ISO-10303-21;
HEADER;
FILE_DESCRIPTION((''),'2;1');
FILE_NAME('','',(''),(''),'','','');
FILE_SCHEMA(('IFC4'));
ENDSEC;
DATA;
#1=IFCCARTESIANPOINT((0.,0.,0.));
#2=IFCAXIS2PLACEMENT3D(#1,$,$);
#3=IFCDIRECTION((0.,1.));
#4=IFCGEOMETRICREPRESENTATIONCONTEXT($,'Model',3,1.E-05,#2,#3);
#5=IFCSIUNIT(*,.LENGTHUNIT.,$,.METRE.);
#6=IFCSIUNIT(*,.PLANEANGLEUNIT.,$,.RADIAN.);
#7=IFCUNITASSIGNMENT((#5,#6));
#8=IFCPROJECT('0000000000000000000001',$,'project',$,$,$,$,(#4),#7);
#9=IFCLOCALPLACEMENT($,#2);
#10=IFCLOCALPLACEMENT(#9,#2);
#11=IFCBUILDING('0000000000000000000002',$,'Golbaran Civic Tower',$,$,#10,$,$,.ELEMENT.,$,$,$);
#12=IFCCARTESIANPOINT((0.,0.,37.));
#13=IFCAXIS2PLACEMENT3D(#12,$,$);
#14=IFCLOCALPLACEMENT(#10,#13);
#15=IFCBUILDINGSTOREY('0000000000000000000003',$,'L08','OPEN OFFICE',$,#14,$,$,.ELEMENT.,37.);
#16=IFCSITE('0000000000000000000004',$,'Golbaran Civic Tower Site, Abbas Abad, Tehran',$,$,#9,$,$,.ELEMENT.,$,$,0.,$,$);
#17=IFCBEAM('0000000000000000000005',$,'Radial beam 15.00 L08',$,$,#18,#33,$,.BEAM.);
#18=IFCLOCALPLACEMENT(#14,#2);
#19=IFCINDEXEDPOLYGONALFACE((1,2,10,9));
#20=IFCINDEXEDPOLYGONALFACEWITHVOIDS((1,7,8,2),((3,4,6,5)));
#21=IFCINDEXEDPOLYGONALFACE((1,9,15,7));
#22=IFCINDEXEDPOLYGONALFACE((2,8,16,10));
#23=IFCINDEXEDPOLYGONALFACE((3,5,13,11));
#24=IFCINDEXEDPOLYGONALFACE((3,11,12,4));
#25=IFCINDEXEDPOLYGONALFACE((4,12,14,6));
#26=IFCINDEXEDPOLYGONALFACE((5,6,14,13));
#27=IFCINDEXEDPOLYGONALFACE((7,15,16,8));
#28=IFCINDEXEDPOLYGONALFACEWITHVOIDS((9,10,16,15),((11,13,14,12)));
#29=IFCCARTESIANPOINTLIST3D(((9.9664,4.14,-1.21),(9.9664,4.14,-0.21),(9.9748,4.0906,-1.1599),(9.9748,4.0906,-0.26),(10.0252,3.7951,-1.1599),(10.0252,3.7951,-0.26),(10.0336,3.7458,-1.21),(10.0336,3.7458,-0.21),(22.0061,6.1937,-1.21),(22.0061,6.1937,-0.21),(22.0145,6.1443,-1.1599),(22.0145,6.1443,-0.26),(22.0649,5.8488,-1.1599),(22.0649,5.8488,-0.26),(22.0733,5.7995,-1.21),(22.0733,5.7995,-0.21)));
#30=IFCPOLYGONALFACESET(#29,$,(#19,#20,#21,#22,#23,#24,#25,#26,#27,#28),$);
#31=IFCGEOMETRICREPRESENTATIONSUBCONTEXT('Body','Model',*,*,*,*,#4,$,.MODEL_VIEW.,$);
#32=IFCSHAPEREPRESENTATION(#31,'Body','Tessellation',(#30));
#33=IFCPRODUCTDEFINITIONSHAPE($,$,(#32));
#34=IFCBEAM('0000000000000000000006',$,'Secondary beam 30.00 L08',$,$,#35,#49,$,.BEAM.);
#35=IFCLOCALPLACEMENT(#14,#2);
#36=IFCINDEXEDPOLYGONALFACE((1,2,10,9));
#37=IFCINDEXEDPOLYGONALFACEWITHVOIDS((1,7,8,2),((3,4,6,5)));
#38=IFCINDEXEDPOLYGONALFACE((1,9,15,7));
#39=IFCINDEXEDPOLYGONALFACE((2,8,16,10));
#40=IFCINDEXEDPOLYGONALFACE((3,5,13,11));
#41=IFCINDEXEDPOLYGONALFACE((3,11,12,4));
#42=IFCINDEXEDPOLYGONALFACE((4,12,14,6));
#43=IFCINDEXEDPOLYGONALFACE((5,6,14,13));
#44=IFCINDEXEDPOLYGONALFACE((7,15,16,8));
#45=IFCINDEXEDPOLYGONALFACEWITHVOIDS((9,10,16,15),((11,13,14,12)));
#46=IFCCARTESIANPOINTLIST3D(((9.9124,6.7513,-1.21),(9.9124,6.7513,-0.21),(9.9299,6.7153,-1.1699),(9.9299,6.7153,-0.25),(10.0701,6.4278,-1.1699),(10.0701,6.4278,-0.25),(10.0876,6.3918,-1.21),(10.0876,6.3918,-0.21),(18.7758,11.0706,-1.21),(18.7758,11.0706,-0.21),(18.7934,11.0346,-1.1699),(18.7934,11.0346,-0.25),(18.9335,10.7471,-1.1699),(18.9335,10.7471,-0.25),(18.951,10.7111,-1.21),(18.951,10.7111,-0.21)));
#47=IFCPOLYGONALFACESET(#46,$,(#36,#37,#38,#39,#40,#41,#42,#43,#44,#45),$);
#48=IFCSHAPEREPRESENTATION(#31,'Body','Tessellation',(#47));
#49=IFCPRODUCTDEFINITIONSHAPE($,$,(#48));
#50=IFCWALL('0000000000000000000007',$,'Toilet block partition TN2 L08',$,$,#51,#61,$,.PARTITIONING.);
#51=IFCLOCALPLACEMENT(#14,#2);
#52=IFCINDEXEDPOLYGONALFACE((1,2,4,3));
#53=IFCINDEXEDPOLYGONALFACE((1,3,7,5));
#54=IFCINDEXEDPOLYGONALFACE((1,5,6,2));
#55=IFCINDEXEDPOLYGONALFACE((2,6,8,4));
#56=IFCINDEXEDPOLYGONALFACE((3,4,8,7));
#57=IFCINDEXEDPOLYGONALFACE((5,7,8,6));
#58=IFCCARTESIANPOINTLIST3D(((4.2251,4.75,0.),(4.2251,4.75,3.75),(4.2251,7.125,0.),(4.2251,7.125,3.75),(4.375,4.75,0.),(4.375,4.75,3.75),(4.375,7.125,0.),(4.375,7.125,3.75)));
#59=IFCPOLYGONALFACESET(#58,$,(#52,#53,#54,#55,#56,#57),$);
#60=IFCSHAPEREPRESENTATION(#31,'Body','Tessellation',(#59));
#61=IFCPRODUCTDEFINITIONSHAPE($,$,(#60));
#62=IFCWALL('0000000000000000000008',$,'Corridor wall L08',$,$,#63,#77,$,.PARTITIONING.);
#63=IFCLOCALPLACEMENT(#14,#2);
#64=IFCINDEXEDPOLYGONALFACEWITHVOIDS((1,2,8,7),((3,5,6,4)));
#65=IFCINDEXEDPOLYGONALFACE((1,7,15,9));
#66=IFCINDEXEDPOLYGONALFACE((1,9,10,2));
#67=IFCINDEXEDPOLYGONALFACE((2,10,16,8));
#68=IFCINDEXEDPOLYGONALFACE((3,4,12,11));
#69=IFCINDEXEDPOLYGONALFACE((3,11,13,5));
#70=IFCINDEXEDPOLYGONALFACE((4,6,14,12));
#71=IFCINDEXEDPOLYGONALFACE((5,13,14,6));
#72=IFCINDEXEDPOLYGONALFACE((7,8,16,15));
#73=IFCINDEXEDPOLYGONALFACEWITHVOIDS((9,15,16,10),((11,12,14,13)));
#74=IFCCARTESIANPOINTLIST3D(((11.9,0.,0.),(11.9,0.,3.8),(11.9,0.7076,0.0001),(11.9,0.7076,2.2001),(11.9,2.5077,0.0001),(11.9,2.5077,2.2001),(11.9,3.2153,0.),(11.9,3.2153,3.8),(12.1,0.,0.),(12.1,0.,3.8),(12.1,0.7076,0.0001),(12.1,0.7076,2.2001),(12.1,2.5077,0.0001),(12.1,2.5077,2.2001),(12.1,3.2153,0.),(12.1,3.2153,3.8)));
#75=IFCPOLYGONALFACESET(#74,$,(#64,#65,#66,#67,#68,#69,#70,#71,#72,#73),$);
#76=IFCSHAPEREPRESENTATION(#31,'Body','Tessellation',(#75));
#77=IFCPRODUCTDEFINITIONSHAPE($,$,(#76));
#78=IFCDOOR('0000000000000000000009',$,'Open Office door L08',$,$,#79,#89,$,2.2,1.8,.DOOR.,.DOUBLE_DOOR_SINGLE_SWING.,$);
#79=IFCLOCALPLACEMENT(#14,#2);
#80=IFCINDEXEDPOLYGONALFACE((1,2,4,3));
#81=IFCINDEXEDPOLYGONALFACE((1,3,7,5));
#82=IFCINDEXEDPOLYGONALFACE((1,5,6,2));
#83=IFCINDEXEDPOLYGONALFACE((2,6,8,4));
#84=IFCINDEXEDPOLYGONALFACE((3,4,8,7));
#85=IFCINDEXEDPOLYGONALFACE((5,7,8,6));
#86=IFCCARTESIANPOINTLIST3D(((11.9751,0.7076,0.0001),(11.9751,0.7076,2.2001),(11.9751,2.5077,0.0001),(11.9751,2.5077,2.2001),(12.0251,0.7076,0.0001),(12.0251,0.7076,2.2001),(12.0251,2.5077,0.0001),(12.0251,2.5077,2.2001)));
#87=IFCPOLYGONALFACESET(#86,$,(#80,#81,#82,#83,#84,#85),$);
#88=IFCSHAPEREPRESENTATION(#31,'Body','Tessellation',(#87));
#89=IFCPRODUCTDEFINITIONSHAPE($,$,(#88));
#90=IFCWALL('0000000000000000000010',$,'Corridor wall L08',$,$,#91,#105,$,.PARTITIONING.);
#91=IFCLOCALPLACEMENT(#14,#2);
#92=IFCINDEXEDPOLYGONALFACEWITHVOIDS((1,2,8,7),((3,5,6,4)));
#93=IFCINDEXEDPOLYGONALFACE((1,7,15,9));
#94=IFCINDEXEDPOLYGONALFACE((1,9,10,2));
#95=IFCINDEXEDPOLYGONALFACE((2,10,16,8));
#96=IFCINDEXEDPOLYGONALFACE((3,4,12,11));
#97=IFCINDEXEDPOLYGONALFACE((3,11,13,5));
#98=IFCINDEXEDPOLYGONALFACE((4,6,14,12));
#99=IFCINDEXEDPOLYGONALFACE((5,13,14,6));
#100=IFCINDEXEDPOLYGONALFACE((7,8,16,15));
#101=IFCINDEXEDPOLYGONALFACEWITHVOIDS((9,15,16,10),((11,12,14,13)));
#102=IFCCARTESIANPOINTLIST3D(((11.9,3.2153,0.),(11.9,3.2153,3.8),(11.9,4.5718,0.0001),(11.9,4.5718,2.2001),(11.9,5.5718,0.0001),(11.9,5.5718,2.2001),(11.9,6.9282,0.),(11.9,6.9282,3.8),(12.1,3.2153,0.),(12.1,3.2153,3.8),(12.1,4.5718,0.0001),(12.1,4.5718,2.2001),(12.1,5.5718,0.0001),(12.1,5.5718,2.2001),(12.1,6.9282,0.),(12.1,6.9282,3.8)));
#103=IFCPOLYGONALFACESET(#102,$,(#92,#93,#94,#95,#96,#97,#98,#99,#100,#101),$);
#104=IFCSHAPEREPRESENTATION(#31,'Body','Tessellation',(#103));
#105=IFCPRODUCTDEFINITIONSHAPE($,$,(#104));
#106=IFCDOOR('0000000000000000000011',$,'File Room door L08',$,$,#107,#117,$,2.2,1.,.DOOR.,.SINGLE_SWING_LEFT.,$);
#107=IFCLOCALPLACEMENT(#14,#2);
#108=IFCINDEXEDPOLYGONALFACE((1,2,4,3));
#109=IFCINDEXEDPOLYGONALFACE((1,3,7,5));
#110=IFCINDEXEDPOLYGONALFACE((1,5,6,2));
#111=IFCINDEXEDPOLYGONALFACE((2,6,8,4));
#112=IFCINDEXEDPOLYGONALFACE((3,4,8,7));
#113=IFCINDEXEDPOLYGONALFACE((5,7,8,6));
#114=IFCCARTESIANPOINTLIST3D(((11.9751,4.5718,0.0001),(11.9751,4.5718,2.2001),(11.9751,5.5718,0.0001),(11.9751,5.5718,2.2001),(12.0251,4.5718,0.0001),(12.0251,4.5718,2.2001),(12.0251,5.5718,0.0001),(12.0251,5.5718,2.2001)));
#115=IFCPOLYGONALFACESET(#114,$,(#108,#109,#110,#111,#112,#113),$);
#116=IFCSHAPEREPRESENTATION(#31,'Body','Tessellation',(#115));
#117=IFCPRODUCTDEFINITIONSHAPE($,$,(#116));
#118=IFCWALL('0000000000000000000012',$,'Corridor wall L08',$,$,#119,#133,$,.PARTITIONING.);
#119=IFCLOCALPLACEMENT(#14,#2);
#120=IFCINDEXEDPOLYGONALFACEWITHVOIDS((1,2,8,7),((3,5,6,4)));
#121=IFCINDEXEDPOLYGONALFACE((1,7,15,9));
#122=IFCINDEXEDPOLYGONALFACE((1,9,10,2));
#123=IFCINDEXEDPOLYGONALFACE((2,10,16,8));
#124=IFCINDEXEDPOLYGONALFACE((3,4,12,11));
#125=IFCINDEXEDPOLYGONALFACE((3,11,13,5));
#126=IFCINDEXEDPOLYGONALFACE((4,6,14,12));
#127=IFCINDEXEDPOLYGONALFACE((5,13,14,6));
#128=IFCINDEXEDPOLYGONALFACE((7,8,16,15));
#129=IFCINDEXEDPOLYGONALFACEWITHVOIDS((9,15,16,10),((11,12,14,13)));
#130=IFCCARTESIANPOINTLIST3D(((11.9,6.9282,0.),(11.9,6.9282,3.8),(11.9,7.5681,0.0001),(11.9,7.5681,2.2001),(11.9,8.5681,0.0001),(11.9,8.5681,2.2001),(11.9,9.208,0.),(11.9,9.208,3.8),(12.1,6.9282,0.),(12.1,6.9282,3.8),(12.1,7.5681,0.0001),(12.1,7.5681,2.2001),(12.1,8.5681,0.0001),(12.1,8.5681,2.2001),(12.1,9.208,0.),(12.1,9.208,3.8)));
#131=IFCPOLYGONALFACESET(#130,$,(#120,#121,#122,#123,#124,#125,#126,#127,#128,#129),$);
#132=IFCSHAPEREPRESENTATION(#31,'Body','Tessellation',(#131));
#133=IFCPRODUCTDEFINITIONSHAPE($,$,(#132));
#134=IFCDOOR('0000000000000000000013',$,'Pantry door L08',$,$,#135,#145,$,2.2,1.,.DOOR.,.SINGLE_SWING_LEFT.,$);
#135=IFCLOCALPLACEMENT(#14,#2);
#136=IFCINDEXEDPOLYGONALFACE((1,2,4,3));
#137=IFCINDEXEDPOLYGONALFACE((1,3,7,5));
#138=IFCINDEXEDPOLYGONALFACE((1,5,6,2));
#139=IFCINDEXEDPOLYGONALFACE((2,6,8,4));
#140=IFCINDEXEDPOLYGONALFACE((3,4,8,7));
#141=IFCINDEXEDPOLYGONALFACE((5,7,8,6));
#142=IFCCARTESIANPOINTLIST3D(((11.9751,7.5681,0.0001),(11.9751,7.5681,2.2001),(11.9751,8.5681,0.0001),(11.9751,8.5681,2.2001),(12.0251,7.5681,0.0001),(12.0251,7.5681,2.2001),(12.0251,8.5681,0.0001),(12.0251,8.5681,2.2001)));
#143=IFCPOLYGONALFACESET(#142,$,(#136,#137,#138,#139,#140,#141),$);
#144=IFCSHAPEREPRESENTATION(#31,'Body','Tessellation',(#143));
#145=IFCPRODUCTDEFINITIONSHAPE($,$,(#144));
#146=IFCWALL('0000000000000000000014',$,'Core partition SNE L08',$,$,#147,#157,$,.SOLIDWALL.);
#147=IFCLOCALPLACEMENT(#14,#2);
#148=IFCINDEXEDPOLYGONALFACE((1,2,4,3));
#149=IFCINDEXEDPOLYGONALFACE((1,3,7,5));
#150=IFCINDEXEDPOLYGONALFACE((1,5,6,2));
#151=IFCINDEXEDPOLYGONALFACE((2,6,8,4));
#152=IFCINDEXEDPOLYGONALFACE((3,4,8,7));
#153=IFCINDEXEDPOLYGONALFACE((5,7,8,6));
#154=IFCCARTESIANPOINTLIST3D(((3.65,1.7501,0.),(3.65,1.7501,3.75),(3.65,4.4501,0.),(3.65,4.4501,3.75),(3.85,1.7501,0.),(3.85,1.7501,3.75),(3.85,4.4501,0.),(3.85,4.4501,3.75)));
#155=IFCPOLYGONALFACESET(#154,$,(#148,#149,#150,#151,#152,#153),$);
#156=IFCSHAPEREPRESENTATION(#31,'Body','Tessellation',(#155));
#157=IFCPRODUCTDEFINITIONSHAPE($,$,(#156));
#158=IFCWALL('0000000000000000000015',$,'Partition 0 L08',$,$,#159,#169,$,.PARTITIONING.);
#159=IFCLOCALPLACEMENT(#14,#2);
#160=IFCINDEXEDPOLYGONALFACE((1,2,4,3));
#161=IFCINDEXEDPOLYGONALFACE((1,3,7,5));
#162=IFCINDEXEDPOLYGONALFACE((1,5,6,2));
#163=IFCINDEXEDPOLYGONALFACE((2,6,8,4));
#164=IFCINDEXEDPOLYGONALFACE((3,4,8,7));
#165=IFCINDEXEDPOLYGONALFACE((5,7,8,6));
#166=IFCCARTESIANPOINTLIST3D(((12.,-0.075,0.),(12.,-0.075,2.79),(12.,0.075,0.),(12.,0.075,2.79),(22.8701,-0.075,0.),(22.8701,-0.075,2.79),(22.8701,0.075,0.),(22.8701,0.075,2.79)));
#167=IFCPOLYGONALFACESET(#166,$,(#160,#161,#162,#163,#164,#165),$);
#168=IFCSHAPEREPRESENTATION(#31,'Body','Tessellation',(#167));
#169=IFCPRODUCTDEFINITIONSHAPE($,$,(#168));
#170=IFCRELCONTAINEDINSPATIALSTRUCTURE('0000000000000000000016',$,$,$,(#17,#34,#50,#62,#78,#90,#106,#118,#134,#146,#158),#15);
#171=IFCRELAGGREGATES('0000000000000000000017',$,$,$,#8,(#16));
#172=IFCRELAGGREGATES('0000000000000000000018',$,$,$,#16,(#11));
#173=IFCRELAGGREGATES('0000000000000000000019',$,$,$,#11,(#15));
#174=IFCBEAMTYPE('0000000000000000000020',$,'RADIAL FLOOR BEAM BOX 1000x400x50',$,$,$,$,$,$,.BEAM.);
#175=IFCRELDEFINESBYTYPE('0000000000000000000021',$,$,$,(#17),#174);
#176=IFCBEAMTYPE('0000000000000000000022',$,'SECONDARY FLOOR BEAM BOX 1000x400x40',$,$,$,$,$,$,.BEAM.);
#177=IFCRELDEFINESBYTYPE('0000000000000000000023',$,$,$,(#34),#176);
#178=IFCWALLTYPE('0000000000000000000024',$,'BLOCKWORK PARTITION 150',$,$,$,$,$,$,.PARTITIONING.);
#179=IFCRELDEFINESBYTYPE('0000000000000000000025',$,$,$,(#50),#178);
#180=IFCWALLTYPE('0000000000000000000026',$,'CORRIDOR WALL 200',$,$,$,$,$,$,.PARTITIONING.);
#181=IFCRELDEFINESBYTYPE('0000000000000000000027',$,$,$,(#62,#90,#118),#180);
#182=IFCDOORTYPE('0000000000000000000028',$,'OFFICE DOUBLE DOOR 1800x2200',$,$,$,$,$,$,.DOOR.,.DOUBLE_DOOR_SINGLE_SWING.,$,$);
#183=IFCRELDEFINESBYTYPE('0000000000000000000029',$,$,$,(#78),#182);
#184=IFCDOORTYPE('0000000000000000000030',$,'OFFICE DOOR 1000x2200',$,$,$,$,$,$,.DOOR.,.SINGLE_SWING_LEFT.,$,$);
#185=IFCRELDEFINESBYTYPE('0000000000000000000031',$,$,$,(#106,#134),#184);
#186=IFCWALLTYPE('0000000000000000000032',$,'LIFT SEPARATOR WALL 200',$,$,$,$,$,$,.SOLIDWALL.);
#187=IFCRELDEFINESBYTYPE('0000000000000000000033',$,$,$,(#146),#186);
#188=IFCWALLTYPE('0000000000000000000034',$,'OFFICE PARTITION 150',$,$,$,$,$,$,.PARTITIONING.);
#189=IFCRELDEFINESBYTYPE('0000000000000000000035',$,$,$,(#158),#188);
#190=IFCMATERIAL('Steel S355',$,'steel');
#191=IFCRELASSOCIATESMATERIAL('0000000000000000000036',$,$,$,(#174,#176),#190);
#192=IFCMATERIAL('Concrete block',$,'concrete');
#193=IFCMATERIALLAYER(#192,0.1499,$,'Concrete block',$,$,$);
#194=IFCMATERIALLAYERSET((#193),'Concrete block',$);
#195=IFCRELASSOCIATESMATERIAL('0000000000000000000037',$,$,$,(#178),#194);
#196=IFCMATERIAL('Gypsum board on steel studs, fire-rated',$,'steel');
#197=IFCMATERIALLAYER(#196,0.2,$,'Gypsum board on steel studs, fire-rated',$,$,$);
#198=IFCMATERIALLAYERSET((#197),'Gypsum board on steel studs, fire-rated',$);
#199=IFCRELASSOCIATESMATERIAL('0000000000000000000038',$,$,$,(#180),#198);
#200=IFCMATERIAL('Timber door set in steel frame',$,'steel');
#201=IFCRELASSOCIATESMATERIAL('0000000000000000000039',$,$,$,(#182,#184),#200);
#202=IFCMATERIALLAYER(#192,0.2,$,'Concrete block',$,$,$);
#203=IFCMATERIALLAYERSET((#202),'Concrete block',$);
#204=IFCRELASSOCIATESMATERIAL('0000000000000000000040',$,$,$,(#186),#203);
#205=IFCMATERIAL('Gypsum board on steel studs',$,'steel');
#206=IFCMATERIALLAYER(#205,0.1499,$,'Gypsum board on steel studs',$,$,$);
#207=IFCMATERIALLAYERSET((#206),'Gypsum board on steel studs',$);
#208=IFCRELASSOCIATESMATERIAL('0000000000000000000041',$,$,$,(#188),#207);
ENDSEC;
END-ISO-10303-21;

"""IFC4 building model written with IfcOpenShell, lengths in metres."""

from ifc_helpers import new_model, si_unit, direction, frame, frame_2d, origin, origin_2d, place, context, subcontext, project, spatial, rectangle, hollow_rectangle, extrude, material, layer, layer_set, material_profile, profile_set, type_object, element, fill, save


model = new_model("IFC4")

# Units and contexts
model_context = context("Model", 3, precision=1e-05, world=origin(), true_north=direction((0.0, 1.0)))
body_context = subcontext(model_context, "Body", "Model", "MODEL_VIEW")
ifc_project = project(units=[si_unit("LENGTHUNIT", "METRE"), si_unit("PLANEANGLEUNIT", "RADIAN")], contexts=[model_context])

# Site, building, storey
site_placement = place(None, origin())
site = spatial("IfcSite", under=ifc_project, at=site_placement, Name="Golbaran Civic Tower Site, Abbas Abad, Tehran", CompositionType="ELEMENT", RefElevation=0.0)
building_placement = place(site_placement, origin())
building = spatial("IfcBuilding", under=site, at=building_placement, Name="Golbaran Civic Tower", CompositionType="ELEMENT")
storey_placement = place(building_placement, frame((0.0, 0.0, 37.0)))
storey = spatial("IfcBuildingStorey", under=building, at=storey_placement, Name="L08", Description="OPEN OFFICE", CompositionType="ELEMENT", Elevation=37.0)

# Beams
ifc_material_1 = material(Name="Steel S355", Category="steel")
ifc_material_profile_1 = material_profile(ifc_material_1, hollow_rectangle(XDim=0.3999, YDim=1.0, WallThickness=0.05, at=origin_2d()), Name="BOX 1000x400x50")
ifc_profile_set_1 = profile_set([ifc_material_profile_1], Name="Steel S355")
beam_type_1 = type_object("IfcBeamType", Name="RADIAL FLOOR BEAM BOX 1000x400x50", PredefinedType="BEAM", material=ifc_profile_set_1)
beam_1_placement = place(storey_placement, frame((10.0, 3.9429, -0.71), z_axis=(0.985762, 0.168148, 0.0), x_axis=(-0.168148, 0.985762, 0.0)))
element("IfcBeam", 1, at=beam_1_placement, inside=storey, type_object=beam_type_1, Name="Radial beam 15.00 L08", PredefinedType="BEAM", context=body_context, shape_type="SweptSolid", body=[
    extrude(hollow_rectangle(XDim=0.3999, YDim=1.0, WallThickness=0.05, at=origin_2d()), origin(), (0.0, 0.0, 1.0), 12.2136),
])
ifc_material_profile_2 = material_profile(ifc_material_1, hollow_rectangle(XDim=0.3999, YDim=1.0, WallThickness=0.04, at=origin_2d()), Name="BOX 1000x400x40")
ifc_profile_set_2 = profile_set([ifc_material_profile_2], Name="Steel S355")
beam_type_2 = type_object("IfcBeamType", Name="SECONDARY FLOOR BEAM BOX 1000x400x40", PredefinedType="BEAM", material=ifc_profile_set_2)
beam_2_placement = place(storey_placement, frame((10.0, 6.5715, -0.71), z_axis=(0.898942, 0.438068, 0.0), x_axis=(-0.438068, 0.898942, 0.0)))
element("IfcBeam", 2, at=beam_2_placement, inside=storey, type_object=beam_type_2, Name="Secondary beam 30.00 L08", PredefinedType="BEAM", context=body_context, shape_type="SweptSolid", body=[
    extrude(hollow_rectangle(XDim=0.3999, YDim=1.0, WallThickness=0.04, at=origin_2d()), origin(), (0.0, 0.0, 1.0), 9.8599),
])

# Wall
ifc_material_2 = material(Name="Concrete block", Category="concrete")
ifc_layer_1 = layer(ifc_material_2, 0.1499, Name="Concrete block")
ifc_layer_set_1 = layer_set([ifc_layer_1], Name="Concrete block")
wall_type_1 = type_object("IfcWallType", Name="BLOCKWORK PARTITION 150", PredefinedType="PARTITIONING", material=ifc_layer_set_1)
wall_1_placement = place(storey_placement, frame((4.3, 4.75, 0.0), z_axis=(0.0, 0.0, 1.0), x_axis=(0.0, 1.0, 0.0)))
element("IfcWall", 3, at=wall_1_placement, inside=storey, type_object=wall_type_1, Name="Toilet block partition TN2 L08", PredefinedType="PARTITIONING", context=body_context, shape_type="SweptSolid", body=[
    extrude(rectangle(XDim=2.375, YDim=0.1499, at=frame_2d((1.1875, 0.0))), origin(), (0.0, 0.0, 1.0), 3.75),
])

# Walls, openings, doors
ifc_material_3 = material(Name="Gypsum board on steel studs, fire-rated", Category="steel")
ifc_layer_2 = layer(ifc_material_3, 0.2, Name="Gypsum board on steel studs, fire-rated")
ifc_layer_set_2 = layer_set([ifc_layer_2], Name="Gypsum board on steel studs, fire-rated")
wall_type_2 = type_object("IfcWallType", Name="CORRIDOR WALL 200", PredefinedType="PARTITIONING", material=ifc_layer_set_2)
wall_2_placement = place(storey_placement, frame((12.0, 0.0, 0.0), z_axis=(0.0, 0.0, 1.0), x_axis=(0.0, 1.0, 0.0)))
wall_2 = element("IfcWall", 4, at=wall_2_placement, inside=storey, type_object=wall_type_2, Name="Corridor wall L08", PredefinedType="PARTITIONING", context=body_context, shape_type="SweptSolid", body=[
    extrude(rectangle(XDim=3.2153, YDim=0.2, at=frame_2d((1.6077, 0.0))), origin(), (0.0, 0.0, 1.0), 3.8),
])
opening_1_placement = place(wall_2_placement, frame((0.7078, 0.0, 0.0)))
opening_1 = element("IfcOpeningElement", 5, at=opening_1_placement, cuts=wall_2, PredefinedType="OPENING", context=body_context, shape_type="SweptSolid", body=[
    extrude(rectangle(XDim=1.8, YDim=2.2, at=frame_2d((0.8999, 1.1001))), frame((0.0, 0.1099, 0.0), z_axis=(0.0, -1.0, 0.0), x_axis=(1.0, 0.0, 0.0)), (0.0, 0.0, 1.0), 0.22),
])
ifc_material_4 = material(Name="Timber door set in steel frame", Category="steel")
door_type_1 = type_object("IfcDoorType", Name="OFFICE DOUBLE DOOR 1800x2200", OperationType="DOUBLE_DOOR_SINGLE_SWING", PredefinedType="DOOR", material=ifc_material_4)
door_1_placement = place(opening_1_placement, origin())
door_1 = element("IfcDoor", 6, at=door_1_placement, inside=storey, type_object=door_type_1, Name="Open Office door L08", OperationType="DOUBLE_DOOR_SINGLE_SWING", OverallHeight=2.2, OverallWidth=1.8, PredefinedType="DOOR", context=body_context, shape_type="SweptSolid", body=[
    extrude(rectangle(XDim=1.8, YDim=2.2, at=frame_2d((0.8999, 1.1001))), frame((0.0, 0.0249, 0.0), z_axis=(0.0, -1.0, 0.0), x_axis=(1.0, 0.0, 0.0)), (0.0, 0.0, 1.0), 0.05),
])
fill(opening_1, door_1)
wall_3_placement = place(storey_placement, frame((12.0, 3.2153, 0.0), z_axis=(0.0, 0.0, 1.0), x_axis=(0.0, 1.0, 0.0)))
wall_3 = element("IfcWall", 7, at=wall_3_placement, inside=storey, type_object=wall_type_2, Name="Corridor wall L08", PredefinedType="PARTITIONING", context=body_context, shape_type="SweptSolid", body=[
    extrude(rectangle(XDim=3.7129, YDim=0.2, at=frame_2d((1.8564, 0.0))), origin(), (0.0, 0.0, 1.0), 3.8),
])
opening_2_placement = place(wall_3_placement, frame((1.3564, 0.0, 0.0)))
opening_2 = element("IfcOpeningElement", 8, at=opening_2_placement, cuts=wall_3, PredefinedType="OPENING", context=body_context, shape_type="SweptSolid", body=[
    extrude(rectangle(XDim=1.0, YDim=2.2, at=frame_2d((0.5, 1.1001))), frame((0.0, 0.1099, 0.0), z_axis=(0.0, -1.0, 0.0), x_axis=(1.0, 0.0, 0.0)), (0.0, 0.0, 1.0), 0.22),
])
door_type_2 = type_object("IfcDoorType", Name="OFFICE DOOR 1000x2200", OperationType="SINGLE_SWING_LEFT", PredefinedType="DOOR", material=ifc_material_4)
door_2_placement = place(opening_2_placement, origin())
door_2 = element("IfcDoor", 9, at=door_2_placement, inside=storey, type_object=door_type_2, Name="File Room door L08", OperationType="SINGLE_SWING_LEFT", OverallHeight=2.2, OverallWidth=1.0, PredefinedType="DOOR", context=body_context, shape_type="SweptSolid", body=[
    extrude(rectangle(XDim=1.0, YDim=2.2, at=frame_2d((0.5, 1.1001))), frame((0.0, 0.0249, 0.0), z_axis=(0.0, -1.0, 0.0), x_axis=(1.0, 0.0, 0.0)), (0.0, 0.0, 1.0), 0.05),
])
fill(opening_2, door_2)
wall_4_placement = place(storey_placement, frame((12.0, 6.9282, 0.0), z_axis=(0.0, 0.0, 1.0), x_axis=(0.0, 1.0, 0.0)))
wall_4 = element("IfcWall", 10, at=wall_4_placement, inside=storey, type_object=wall_type_2, Name="Corridor wall L08", PredefinedType="PARTITIONING", context=body_context, shape_type="SweptSolid", body=[
    extrude(rectangle(XDim=2.2798, YDim=0.2, at=frame_2d((1.1399, 0.0))), origin(), (0.0, 0.0, 1.0), 3.8),
])
opening_3_placement = place(wall_4_placement, frame((0.6399, 0.0, 0.0)))
opening_3 = element("IfcOpeningElement", 11, at=opening_3_placement, cuts=wall_4, PredefinedType="OPENING", context=body_context, shape_type="SweptSolid", body=[
    extrude(rectangle(XDim=1.0, YDim=2.2, at=frame_2d((0.5, 1.1001))), frame((0.0, 0.1099, 0.0), z_axis=(0.0, -1.0, 0.0), x_axis=(1.0, 0.0, 0.0)), (0.0, 0.0, 1.0), 0.22),
])
door_3_placement = place(opening_3_placement, origin())
door_3 = element("IfcDoor", 12, at=door_3_placement, inside=storey, type_object=door_type_2, Name="Pantry door L08", OperationType="SINGLE_SWING_LEFT", OverallHeight=2.2, OverallWidth=1.0, PredefinedType="DOOR", context=body_context, shape_type="SweptSolid", body=[
    extrude(rectangle(XDim=1.0, YDim=2.2, at=frame_2d((0.5, 1.1001))), frame((0.0, 0.0249, 0.0), z_axis=(0.0, -1.0, 0.0), x_axis=(1.0, 0.0, 0.0)), (0.0, 0.0, 1.0), 0.05),
])
fill(opening_3, door_3)

# Walls
ifc_layer_3 = layer(ifc_material_2, 0.2, Name="Concrete block")
ifc_layer_set_3 = layer_set([ifc_layer_3], Name="Concrete block")
wall_type_3 = type_object("IfcWallType", Name="LIFT SEPARATOR WALL 200", PredefinedType="SOLIDWALL", material=ifc_layer_set_3)
wall_5_placement = place(storey_placement, frame((3.75, 1.75, 0.0), z_axis=(0.0, 0.0, 1.0), x_axis=(0.0, 1.0, 0.0)))
element("IfcWall", 13, at=wall_5_placement, inside=storey, type_object=wall_type_3, Name="Core partition SNE L08", PredefinedType="SOLIDWALL", context=body_context, shape_type="SweptSolid", body=[
    extrude(rectangle(XDim=2.7, YDim=0.2, at=frame_2d((1.3501, 0.0))), origin(), (0.0, 0.0, 1.0), 3.75),
])
ifc_material_5 = material(Name="Gypsum board on steel studs", Category="steel")
ifc_layer_4 = layer(ifc_material_5, 0.1499, Name="Gypsum board on steel studs")
ifc_layer_set_4 = layer_set([ifc_layer_4], Name="Gypsum board on steel studs")
wall_type_4 = type_object("IfcWallType", Name="OFFICE PARTITION 150", PredefinedType="PARTITIONING", material=ifc_layer_set_4)
wall_6_placement = place(storey_placement, frame((12.0, 0.0, 0.0), z_axis=(0.0, 0.0, 1.0), x_axis=(1.0, 0.0, 0.0)))
element("IfcWall", 14, at=wall_6_placement, inside=storey, type_object=wall_type_4, Name="Partition 0 L08", PredefinedType="PARTITIONING", context=body_context, shape_type="SweptSolid", body=[
    extrude(rectangle(XDim=10.8701, YDim=0.1499, at=frame_2d((5.4351, 0.0))), origin(), (0.0, 0.0, 1.0), 2.79),
])

save(model, "model.ifc")
